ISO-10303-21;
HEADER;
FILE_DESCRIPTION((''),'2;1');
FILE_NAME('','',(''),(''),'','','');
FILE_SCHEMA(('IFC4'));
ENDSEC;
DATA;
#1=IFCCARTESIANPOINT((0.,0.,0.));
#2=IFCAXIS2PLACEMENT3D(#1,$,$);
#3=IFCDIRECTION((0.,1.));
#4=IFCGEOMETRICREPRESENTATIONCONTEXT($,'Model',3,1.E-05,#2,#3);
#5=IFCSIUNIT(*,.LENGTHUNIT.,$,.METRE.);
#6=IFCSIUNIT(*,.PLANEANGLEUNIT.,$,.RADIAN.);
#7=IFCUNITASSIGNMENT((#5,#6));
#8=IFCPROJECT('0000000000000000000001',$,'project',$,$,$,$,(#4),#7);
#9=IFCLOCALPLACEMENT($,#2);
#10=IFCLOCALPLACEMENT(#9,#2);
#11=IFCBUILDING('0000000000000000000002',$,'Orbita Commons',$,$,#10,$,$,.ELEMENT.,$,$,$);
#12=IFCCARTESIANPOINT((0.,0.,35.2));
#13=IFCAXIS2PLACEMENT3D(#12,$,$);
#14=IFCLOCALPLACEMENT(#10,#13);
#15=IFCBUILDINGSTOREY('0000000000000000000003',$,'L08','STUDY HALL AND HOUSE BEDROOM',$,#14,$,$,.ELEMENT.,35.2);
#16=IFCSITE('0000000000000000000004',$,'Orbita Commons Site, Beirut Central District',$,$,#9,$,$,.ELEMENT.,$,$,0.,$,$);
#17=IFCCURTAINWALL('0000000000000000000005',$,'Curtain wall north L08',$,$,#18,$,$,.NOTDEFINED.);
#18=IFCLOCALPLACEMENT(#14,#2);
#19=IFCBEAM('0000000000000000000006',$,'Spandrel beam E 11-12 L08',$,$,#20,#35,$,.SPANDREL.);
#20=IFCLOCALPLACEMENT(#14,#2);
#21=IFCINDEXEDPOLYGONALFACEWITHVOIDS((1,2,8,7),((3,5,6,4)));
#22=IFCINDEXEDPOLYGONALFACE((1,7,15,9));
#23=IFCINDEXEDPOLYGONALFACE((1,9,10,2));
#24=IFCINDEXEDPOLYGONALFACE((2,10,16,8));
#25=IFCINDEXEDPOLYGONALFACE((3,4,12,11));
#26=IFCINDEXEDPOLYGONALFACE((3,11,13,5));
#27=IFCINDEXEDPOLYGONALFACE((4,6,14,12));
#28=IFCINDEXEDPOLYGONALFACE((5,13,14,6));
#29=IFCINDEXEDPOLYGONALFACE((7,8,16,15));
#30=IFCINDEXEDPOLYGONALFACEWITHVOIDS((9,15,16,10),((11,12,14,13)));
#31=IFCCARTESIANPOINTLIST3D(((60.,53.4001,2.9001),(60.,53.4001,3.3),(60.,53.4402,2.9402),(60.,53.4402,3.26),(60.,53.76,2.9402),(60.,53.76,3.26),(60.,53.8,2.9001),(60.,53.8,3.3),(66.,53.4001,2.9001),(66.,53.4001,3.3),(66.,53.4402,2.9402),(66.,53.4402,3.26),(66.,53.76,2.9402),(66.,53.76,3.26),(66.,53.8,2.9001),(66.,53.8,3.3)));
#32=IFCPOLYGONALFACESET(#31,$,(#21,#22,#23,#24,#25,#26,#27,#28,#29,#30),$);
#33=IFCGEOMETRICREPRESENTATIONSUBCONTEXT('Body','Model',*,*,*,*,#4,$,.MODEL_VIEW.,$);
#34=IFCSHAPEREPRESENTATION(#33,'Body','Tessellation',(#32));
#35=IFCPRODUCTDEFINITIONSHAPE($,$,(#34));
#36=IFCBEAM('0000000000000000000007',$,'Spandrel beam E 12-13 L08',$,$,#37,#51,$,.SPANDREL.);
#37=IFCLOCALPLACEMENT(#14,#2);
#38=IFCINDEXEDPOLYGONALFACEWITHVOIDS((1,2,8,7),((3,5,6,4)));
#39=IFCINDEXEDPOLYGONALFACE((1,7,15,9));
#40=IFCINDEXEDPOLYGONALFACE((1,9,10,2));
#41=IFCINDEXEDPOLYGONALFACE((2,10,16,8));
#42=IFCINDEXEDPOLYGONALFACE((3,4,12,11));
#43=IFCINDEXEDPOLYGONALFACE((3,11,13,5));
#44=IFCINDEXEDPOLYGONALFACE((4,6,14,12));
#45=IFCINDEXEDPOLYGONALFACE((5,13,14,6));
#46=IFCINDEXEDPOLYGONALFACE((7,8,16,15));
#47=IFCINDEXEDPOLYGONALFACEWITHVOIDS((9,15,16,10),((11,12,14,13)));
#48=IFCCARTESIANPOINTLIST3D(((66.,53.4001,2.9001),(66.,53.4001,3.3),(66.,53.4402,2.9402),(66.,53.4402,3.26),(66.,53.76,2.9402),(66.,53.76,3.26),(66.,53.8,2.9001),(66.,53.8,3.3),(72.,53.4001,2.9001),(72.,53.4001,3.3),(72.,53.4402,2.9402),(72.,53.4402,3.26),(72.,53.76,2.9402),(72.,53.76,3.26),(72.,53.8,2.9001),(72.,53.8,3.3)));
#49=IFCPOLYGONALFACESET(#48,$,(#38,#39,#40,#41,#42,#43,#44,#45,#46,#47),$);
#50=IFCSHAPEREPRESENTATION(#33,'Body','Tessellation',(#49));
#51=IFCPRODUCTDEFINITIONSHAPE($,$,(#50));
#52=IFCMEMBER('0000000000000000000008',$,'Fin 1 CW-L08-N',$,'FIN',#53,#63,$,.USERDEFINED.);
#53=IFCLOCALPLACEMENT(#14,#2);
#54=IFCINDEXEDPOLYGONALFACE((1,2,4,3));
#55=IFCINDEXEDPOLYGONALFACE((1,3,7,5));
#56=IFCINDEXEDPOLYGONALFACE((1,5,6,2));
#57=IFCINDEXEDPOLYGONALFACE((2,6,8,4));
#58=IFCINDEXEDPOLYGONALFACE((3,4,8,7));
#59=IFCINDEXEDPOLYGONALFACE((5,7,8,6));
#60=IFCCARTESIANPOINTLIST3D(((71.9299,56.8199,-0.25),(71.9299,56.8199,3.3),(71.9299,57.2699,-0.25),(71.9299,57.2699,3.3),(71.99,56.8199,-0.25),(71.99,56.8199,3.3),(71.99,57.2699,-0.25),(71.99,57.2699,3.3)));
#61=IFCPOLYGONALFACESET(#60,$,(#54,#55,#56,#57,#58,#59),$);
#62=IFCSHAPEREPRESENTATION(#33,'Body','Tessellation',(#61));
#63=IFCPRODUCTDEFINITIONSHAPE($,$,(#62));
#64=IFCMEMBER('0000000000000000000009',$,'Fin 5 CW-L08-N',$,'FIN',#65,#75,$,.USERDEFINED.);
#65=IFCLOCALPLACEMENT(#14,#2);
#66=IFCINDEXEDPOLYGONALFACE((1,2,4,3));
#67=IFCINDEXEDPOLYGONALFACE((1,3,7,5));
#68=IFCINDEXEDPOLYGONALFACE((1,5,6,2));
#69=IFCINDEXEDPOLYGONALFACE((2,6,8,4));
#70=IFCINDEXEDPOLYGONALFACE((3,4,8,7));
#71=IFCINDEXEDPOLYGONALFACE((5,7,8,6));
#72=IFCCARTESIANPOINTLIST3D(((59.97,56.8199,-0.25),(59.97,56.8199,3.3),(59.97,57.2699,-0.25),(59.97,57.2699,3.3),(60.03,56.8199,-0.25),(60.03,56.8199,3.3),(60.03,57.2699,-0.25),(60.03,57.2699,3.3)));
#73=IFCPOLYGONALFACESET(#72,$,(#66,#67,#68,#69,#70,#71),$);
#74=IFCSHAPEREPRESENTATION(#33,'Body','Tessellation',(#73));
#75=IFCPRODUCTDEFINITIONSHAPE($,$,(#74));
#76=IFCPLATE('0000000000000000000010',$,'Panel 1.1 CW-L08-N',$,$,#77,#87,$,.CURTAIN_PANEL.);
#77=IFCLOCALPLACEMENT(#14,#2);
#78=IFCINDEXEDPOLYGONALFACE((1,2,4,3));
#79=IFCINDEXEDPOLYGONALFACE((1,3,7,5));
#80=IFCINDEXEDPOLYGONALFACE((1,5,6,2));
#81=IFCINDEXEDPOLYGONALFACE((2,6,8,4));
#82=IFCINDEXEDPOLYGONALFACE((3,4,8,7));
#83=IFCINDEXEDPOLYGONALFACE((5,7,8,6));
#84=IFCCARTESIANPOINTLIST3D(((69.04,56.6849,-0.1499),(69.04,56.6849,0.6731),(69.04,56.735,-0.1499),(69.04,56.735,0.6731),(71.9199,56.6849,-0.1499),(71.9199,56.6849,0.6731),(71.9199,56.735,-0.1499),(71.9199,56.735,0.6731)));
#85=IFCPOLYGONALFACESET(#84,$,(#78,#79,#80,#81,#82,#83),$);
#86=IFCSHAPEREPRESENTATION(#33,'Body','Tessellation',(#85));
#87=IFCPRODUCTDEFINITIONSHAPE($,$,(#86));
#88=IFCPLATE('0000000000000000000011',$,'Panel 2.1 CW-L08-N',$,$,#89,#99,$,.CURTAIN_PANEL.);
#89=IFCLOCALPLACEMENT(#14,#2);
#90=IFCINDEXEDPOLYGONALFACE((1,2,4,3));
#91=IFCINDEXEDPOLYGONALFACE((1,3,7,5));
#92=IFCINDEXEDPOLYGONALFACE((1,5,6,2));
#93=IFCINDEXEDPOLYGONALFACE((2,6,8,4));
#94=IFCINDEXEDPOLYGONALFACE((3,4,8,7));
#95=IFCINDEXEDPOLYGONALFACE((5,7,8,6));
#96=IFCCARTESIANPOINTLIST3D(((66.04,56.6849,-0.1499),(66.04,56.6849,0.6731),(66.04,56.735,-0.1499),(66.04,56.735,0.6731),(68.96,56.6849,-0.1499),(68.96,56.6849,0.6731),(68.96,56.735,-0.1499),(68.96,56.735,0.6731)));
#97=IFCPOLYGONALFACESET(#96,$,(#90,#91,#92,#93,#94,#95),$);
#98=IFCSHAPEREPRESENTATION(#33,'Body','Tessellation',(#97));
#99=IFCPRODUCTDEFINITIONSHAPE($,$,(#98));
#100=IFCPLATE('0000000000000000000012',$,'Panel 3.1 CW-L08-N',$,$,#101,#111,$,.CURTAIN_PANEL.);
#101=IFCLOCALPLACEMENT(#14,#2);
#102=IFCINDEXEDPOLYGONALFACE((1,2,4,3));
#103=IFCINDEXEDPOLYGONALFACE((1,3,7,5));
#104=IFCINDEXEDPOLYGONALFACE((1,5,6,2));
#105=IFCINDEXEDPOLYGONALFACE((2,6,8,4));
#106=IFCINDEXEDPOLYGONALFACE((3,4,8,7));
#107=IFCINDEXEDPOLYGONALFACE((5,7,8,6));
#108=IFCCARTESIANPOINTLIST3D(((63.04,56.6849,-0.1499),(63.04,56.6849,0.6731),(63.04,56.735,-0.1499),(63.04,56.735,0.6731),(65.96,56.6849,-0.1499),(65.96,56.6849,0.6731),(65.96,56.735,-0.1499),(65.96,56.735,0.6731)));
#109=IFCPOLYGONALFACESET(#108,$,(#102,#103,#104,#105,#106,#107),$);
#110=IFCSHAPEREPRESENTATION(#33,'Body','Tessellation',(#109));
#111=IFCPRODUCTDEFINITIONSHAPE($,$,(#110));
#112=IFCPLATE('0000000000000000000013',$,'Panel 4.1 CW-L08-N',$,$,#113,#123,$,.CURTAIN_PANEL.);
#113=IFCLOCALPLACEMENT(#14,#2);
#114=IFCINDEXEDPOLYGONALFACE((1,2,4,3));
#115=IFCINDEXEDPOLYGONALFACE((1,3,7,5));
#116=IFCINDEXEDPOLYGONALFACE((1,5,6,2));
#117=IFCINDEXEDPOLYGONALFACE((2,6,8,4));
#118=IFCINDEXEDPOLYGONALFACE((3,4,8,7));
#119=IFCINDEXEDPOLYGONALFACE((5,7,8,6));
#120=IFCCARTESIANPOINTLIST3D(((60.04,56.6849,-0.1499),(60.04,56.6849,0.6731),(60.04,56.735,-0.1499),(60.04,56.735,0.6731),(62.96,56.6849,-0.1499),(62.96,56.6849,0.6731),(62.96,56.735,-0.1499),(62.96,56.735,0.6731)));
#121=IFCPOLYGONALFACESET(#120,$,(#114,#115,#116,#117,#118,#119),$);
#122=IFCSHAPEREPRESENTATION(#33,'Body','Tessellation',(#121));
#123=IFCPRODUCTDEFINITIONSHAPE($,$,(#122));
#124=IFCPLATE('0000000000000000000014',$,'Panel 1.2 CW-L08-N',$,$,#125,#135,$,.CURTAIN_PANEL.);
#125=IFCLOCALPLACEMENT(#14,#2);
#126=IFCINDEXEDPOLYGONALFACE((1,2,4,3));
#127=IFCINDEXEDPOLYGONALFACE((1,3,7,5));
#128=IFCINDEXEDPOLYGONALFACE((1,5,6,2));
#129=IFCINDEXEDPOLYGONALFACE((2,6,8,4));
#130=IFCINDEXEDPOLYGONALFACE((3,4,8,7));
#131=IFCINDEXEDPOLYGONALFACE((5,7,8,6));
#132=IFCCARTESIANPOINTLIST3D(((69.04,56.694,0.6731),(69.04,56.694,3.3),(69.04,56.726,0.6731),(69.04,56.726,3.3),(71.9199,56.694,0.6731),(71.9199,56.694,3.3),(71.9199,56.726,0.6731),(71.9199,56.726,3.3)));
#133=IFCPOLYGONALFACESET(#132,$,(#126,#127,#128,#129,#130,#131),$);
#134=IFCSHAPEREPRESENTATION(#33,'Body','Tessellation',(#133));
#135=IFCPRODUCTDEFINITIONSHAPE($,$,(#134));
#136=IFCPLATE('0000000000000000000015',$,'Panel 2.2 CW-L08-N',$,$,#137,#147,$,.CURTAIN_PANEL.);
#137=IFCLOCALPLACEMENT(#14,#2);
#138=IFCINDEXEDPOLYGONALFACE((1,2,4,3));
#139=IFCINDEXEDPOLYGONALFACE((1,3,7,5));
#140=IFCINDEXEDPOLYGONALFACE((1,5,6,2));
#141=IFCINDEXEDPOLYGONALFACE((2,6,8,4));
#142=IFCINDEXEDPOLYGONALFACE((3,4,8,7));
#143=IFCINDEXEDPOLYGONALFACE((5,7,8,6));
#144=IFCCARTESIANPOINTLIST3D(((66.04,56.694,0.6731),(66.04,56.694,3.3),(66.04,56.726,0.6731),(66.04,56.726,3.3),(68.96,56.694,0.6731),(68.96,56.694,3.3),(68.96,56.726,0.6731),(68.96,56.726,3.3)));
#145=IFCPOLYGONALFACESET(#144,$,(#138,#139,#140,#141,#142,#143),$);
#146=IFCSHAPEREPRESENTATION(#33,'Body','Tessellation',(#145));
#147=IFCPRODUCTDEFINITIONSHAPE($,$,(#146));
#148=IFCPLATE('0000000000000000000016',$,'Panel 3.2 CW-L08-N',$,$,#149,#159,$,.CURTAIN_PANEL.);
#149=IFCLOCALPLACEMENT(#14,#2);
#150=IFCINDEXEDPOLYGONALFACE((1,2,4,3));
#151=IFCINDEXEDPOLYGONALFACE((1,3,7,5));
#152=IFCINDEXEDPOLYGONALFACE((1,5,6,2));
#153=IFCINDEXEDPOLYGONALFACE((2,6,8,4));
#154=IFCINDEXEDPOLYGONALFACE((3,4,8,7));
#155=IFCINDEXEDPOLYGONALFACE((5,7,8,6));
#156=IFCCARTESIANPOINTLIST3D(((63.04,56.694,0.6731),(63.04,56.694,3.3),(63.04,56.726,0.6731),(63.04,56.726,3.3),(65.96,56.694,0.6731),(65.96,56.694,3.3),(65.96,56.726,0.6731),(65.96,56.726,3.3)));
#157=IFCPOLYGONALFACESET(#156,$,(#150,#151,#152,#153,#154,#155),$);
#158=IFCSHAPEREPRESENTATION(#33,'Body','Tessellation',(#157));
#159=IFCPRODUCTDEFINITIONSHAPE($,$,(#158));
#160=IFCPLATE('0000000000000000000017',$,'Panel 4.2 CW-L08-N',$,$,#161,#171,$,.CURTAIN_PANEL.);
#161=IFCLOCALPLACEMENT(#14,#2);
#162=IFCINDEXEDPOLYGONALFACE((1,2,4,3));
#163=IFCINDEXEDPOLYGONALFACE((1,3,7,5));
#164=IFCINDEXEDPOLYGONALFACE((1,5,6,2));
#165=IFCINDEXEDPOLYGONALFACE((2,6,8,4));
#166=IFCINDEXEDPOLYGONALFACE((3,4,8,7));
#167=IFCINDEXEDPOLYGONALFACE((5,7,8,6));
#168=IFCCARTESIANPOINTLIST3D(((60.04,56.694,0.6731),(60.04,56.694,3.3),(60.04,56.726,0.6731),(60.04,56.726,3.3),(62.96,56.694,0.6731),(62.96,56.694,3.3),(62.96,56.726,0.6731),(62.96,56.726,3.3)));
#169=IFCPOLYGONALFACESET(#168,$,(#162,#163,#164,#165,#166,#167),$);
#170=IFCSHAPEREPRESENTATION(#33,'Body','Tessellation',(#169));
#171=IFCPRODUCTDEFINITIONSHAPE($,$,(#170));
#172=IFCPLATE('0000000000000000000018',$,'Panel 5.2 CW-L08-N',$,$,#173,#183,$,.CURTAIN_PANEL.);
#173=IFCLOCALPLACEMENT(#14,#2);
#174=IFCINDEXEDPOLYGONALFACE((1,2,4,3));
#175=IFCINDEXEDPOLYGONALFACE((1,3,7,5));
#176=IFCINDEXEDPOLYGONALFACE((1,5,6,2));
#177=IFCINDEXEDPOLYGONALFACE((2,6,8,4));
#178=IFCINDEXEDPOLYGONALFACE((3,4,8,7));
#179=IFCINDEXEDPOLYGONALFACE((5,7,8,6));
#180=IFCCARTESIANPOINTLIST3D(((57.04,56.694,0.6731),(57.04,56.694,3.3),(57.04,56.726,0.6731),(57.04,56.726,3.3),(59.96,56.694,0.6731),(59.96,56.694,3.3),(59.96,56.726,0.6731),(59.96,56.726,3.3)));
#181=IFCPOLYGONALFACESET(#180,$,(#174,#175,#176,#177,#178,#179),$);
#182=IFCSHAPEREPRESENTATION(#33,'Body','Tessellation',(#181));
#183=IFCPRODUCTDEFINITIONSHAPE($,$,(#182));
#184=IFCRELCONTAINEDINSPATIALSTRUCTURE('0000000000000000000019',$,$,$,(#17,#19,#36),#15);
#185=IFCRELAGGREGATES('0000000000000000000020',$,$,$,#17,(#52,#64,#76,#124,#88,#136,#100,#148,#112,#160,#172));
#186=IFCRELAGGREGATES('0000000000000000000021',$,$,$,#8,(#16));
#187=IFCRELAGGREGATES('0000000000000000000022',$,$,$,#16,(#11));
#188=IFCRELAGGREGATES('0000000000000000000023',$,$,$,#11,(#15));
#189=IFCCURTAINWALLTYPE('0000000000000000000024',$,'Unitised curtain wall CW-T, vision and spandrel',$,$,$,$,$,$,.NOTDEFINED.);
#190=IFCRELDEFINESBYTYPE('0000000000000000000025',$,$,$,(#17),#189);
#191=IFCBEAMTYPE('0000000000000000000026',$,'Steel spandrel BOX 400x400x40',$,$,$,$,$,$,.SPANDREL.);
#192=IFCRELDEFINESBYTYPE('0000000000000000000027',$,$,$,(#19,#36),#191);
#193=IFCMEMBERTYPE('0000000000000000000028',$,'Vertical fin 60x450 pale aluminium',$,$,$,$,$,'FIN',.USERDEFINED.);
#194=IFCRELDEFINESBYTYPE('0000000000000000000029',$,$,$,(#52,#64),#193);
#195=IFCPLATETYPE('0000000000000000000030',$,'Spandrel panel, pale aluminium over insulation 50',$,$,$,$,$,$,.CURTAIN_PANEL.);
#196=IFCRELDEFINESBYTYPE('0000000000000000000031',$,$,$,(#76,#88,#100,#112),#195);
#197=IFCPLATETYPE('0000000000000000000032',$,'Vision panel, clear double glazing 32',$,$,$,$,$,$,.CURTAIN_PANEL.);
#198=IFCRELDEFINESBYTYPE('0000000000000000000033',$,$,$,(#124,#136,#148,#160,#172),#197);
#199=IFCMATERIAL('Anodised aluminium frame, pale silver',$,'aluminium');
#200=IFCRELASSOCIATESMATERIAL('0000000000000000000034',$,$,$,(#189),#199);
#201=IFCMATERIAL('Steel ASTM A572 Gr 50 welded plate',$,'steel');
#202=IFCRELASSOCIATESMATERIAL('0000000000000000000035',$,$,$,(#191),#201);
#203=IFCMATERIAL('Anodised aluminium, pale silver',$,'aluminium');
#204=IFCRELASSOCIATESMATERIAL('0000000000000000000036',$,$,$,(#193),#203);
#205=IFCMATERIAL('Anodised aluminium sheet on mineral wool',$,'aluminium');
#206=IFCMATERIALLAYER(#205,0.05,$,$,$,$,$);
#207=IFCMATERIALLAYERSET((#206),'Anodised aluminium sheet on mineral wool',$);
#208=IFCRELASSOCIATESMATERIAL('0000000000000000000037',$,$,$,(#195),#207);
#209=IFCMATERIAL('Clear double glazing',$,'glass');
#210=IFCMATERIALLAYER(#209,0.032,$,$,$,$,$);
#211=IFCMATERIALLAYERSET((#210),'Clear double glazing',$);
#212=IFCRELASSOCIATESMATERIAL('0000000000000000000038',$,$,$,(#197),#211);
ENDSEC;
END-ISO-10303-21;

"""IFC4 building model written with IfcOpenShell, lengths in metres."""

from ifc_helpers import new_model, si_unit, direction, frame, origin, origin_2d, place, context, subcontext, project, spatial, rectangle, hollow_rectangle, extrude, material, layer, layer_set, material_profile, profile_set, type_object, element, aggregate, save


model = new_model("IFC4")

# Units and contexts
model_context = context("Model", 3, precision=1e-05, world=origin(), true_north=direction((0.0, 1.0)))
body_context = subcontext(model_context, "Body", "Model", "MODEL_VIEW")
ifc_project = project(units=[si_unit("LENGTHUNIT", "METRE"), si_unit("PLANEANGLEUNIT", "RADIAN")], contexts=[model_context])

# Site, building, storey
site_placement = place(None, origin())
site = spatial("IfcSite", under=ifc_project, at=site_placement, Name="Orbita Commons Site, Beirut Central District", CompositionType="ELEMENT", RefElevation=0.0)
building_placement = place(site_placement, origin())
building = spatial("IfcBuilding", under=site, at=building_placement, Name="Orbita Commons", CompositionType="ELEMENT")
storey_placement = place(building_placement, frame((0.0, 0.0, 35.2)))
storey = spatial("IfcBuildingStorey", under=building, at=storey_placement, Name="L08", Description="STUDY HALL AND HOUSE BEDROOM", CompositionType="ELEMENT", Elevation=35.2)

# Curtain wall
ifc_material_1 = material(Name="Anodised aluminium frame, pale silver", Category="aluminium")
curtain_wall_type = type_object("IfcCurtainWallType", Name="Unitised curtain wall CW-T, vision and spandrel", PredefinedType="NOTDEFINED", material=ifc_material_1)
curtain_wall_placement = place(storey_placement, origin())
curtain_wall = element("IfcCurtainWall", 1, at=curtain_wall_placement, inside=storey, type_object=curtain_wall_type, Name="Curtain wall north L08", PredefinedType="NOTDEFINED")

# Beams
ifc_material_2 = material(Name="Steel ASTM A572 Gr 50 welded plate", Category="steel")
ifc_material_profile_1 = material_profile(ifc_material_2, hollow_rectangle(XDim=0.3999, YDim=0.3999, WallThickness=0.04, at=origin_2d()), Name="BOX 400x400x40")
ifc_profile_set_1 = profile_set([ifc_material_profile_1], Name="Steel ASTM A572 Gr 50 welded plate")
beam_type = type_object("IfcBeamType", Name="Steel spandrel BOX 400x400x40", PredefinedType="SPANDREL", material=ifc_profile_set_1)
for number, where, z_axis, x_axis, name in (
    (2, (60.0, 53.6001, 3.1001), (1.0, 0.0, 0.0), (0.0, 1.0, 0.0), "Spandrel beam E 11-12 L08"),
    (3, (66.0, 53.6001, 3.1001), (1.0, 0.0, 0.0), (0.0, 1.0, 0.0), "Spandrel beam E 12-13 L08"),
):
    element("IfcBeam", number, at=place(storey_placement, frame(where, z_axis=z_axis, x_axis=x_axis)), inside=storey, type_object=beam_type, Name=name, PredefinedType="SPANDREL", context=body_context, shape_type="SweptSolid", body=[
        extrude(hollow_rectangle(XDim=0.3999, YDim=0.3999, WallThickness=0.04, at=origin_2d()), origin(), (0.0, 0.0, 1.0), 6.0),
    ])

# Members
ifc_material_3 = material(Name="Anodised aluminium, pale silver", Category="aluminium")
ifc_material_profile_2 = material_profile(ifc_material_3, rectangle(XDim=0.0601, YDim=0.45, at=origin_2d()), Name="FIN 60x450")
ifc_profile_set_2 = profile_set([ifc_material_profile_2], Name="Anodised aluminium, pale silver")
member_type_1 = type_object("IfcMemberType", Name="Vertical fin 60x450 pale aluminium", ElementType="FIN", PredefinedType="USERDEFINED", material=ifc_profile_set_2)
member_1_placement = place(storey_placement, frame((71.96, 57.0449, -0.25), z_axis=(0.0, 0.0, 1.0), x_axis=(-1.0, 0.0, 0.0)))
member_1 = element("IfcMember", 4, at=member_1_placement, type_object=member_type_1, Name="Fin 1 CW-L08-N", ObjectType="FIN", PredefinedType="USERDEFINED", context=body_context, shape_type="SweptSolid", body=[
    extrude(rectangle(XDim=0.0601, YDim=0.45, at=origin_2d()), origin(), (0.0, 0.0, 1.0), 3.55),
])
member_2_placement = place(storey_placement, frame((60.0, 57.0449, -0.25), z_axis=(0.0, 0.0, 1.0), x_axis=(-1.0, 0.0, 0.0)))
member_2 = element("IfcMember", 5, at=member_2_placement, type_object=member_type_1, Name="Fin 5 CW-L08-N", ObjectType="FIN", PredefinedType="USERDEFINED", context=body_context, shape_type="SweptSolid", body=[
    extrude(rectangle(XDim=0.0601, YDim=0.45, at=origin_2d()), origin(), (0.0, 0.0, 1.0), 3.55),
])

# Plates
ifc_material_4 = material(Name="Anodised aluminium sheet on mineral wool", Category="aluminium")
ifc_layer_1 = layer(ifc_material_4, 0.05)
ifc_layer_set_1 = layer_set([ifc_layer_1], Name="Anodised aluminium sheet on mineral wool")
plate_type_1 = type_object("IfcPlateType", Name="Spandrel panel, pale aluminium over insulation 50", PredefinedType="CURTAIN_PANEL", material=ifc_layer_set_1)
plate_1_placement = place(storey_placement, frame((70.48, 56.71, -0.1499), z_axis=(0.0, 0.0, 1.0), x_axis=(-1.0, 0.0, 0.0)))
plate_1 = element("IfcPlate", 6, at=plate_1_placement, type_object=plate_type_1, Name="Panel 1.1 CW-L08-N", PredefinedType="CURTAIN_PANEL", context=body_context, shape_type="SweptSolid", body=[
    extrude(rectangle(XDim=2.8799, YDim=0.05, at=origin_2d()), origin(), (0.0, 0.0, 1.0), 0.823),
])
plate_2_placement = place(storey_placement, frame((67.5, 56.71, -0.1499), z_axis=(0.0, 0.0, 1.0), x_axis=(-1.0, 0.0, 0.0)))
plate_2 = element("IfcPlate", 7, at=plate_2_placement, type_object=plate_type_1, Name="Panel 2.1 CW-L08-N", PredefinedType="CURTAIN_PANEL", context=body_context, shape_type="SweptSolid", body=[
    extrude(rectangle(XDim=2.9199, YDim=0.05, at=origin_2d()), origin(), (0.0, 0.0, 1.0), 0.823),
])
plate_3_placement = place(storey_placement, frame((64.5, 56.71, -0.1499), z_axis=(0.0, 0.0, 1.0), x_axis=(-1.0, 0.0, 0.0)))
plate_3 = element("IfcPlate", 8, at=plate_3_placement, type_object=plate_type_1, Name="Panel 3.1 CW-L08-N", PredefinedType="CURTAIN_PANEL", context=body_context, shape_type="SweptSolid", body=[
    extrude(rectangle(XDim=2.9199, YDim=0.05, at=origin_2d()), origin(), (0.0, 0.0, 1.0), 0.823),
])
plate_4_placement = place(storey_placement, frame((61.5, 56.71, -0.1499), z_axis=(0.0, 0.0, 1.0), x_axis=(-1.0, 0.0, 0.0)))
plate_4 = element("IfcPlate", 9, at=plate_4_placement, type_object=plate_type_1, Name="Panel 4.1 CW-L08-N", PredefinedType="CURTAIN_PANEL", context=body_context, shape_type="SweptSolid", body=[
    extrude(rectangle(XDim=2.9199, YDim=0.05, at=origin_2d()), origin(), (0.0, 0.0, 1.0), 0.823),
])
ifc_material_5 = material(Name="Clear double glazing", Category="glass")
ifc_layer_2 = layer(ifc_material_5, 0.032)
ifc_layer_set_2 = layer_set([ifc_layer_2], Name="Clear double glazing")
plate_type_2 = type_object("IfcPlateType", Name="Vision panel, clear double glazing 32", PredefinedType="CURTAIN_PANEL", material=ifc_layer_set_2)
plate_5_placement = place(storey_placement, frame((70.48, 56.71, 0.6731), z_axis=(0.0, 0.0, 1.0), x_axis=(-1.0, 0.0, 0.0)))
plate_5 = element("IfcPlate", 10, at=plate_5_placement, type_object=plate_type_2, Name="Panel 1.2 CW-L08-N", PredefinedType="CURTAIN_PANEL", context=body_context, shape_type="SweptSolid", body=[
    extrude(rectangle(XDim=2.8799, YDim=0.032, at=origin_2d()), origin(), (0.0, 0.0, 1.0), 2.627),
])
plate_6_placement = place(storey_placement, frame((67.5, 56.71, 0.6731), z_axis=(0.0, 0.0, 1.0), x_axis=(-1.0, 0.0, 0.0)))
plate_6 = element("IfcPlate", 11, at=plate_6_placement, type_object=plate_type_2, Name="Panel 2.2 CW-L08-N", PredefinedType="CURTAIN_PANEL", context=body_context, shape_type="SweptSolid", body=[
    extrude(rectangle(XDim=2.9199, YDim=0.032, at=origin_2d()), origin(), (0.0, 0.0, 1.0), 2.627),
])
plate_7_placement = place(storey_placement, frame((64.5, 56.71, 0.6731), z_axis=(0.0, 0.0, 1.0), x_axis=(-1.0, 0.0, 0.0)))
plate_7 = element("IfcPlate", 12, at=plate_7_placement, type_object=plate_type_2, Name="Panel 3.2 CW-L08-N", PredefinedType="CURTAIN_PANEL", context=body_context, shape_type="SweptSolid", body=[
    extrude(rectangle(XDim=2.9199, YDim=0.032, at=origin_2d()), origin(), (0.0, 0.0, 1.0), 2.627),
])
plate_8_placement = place(storey_placement, frame((61.5, 56.71, 0.6731), z_axis=(0.0, 0.0, 1.0), x_axis=(-1.0, 0.0, 0.0)))
plate_8 = element("IfcPlate", 13, at=plate_8_placement, type_object=plate_type_2, Name="Panel 4.2 CW-L08-N", PredefinedType="CURTAIN_PANEL", context=body_context, shape_type="SweptSolid", body=[
    extrude(rectangle(XDim=2.9199, YDim=0.032, at=origin_2d()), origin(), (0.0, 0.0, 1.0), 2.627),
])
plate_9_placement = place(storey_placement, frame((58.5, 56.71, 0.6731), z_axis=(0.0, 0.0, 1.0), x_axis=(-1.0, 0.0, 0.0)))
plate_9 = element("IfcPlate", 14, at=plate_9_placement, type_object=plate_type_2, Name="Panel 5.2 CW-L08-N", PredefinedType="CURTAIN_PANEL", context=body_context, shape_type="SweptSolid", body=[
    extrude(rectangle(XDim=2.9199, YDim=0.032, at=origin_2d()), origin(), (0.0, 0.0, 1.0), 2.627),
])
aggregate(curtain_wall, [member_1, member_2, plate_1, plate_5, plate_2, plate_6, plate_3, plate_7, plate_4, plate_8, plate_9])

save(model, "model.ifc")
